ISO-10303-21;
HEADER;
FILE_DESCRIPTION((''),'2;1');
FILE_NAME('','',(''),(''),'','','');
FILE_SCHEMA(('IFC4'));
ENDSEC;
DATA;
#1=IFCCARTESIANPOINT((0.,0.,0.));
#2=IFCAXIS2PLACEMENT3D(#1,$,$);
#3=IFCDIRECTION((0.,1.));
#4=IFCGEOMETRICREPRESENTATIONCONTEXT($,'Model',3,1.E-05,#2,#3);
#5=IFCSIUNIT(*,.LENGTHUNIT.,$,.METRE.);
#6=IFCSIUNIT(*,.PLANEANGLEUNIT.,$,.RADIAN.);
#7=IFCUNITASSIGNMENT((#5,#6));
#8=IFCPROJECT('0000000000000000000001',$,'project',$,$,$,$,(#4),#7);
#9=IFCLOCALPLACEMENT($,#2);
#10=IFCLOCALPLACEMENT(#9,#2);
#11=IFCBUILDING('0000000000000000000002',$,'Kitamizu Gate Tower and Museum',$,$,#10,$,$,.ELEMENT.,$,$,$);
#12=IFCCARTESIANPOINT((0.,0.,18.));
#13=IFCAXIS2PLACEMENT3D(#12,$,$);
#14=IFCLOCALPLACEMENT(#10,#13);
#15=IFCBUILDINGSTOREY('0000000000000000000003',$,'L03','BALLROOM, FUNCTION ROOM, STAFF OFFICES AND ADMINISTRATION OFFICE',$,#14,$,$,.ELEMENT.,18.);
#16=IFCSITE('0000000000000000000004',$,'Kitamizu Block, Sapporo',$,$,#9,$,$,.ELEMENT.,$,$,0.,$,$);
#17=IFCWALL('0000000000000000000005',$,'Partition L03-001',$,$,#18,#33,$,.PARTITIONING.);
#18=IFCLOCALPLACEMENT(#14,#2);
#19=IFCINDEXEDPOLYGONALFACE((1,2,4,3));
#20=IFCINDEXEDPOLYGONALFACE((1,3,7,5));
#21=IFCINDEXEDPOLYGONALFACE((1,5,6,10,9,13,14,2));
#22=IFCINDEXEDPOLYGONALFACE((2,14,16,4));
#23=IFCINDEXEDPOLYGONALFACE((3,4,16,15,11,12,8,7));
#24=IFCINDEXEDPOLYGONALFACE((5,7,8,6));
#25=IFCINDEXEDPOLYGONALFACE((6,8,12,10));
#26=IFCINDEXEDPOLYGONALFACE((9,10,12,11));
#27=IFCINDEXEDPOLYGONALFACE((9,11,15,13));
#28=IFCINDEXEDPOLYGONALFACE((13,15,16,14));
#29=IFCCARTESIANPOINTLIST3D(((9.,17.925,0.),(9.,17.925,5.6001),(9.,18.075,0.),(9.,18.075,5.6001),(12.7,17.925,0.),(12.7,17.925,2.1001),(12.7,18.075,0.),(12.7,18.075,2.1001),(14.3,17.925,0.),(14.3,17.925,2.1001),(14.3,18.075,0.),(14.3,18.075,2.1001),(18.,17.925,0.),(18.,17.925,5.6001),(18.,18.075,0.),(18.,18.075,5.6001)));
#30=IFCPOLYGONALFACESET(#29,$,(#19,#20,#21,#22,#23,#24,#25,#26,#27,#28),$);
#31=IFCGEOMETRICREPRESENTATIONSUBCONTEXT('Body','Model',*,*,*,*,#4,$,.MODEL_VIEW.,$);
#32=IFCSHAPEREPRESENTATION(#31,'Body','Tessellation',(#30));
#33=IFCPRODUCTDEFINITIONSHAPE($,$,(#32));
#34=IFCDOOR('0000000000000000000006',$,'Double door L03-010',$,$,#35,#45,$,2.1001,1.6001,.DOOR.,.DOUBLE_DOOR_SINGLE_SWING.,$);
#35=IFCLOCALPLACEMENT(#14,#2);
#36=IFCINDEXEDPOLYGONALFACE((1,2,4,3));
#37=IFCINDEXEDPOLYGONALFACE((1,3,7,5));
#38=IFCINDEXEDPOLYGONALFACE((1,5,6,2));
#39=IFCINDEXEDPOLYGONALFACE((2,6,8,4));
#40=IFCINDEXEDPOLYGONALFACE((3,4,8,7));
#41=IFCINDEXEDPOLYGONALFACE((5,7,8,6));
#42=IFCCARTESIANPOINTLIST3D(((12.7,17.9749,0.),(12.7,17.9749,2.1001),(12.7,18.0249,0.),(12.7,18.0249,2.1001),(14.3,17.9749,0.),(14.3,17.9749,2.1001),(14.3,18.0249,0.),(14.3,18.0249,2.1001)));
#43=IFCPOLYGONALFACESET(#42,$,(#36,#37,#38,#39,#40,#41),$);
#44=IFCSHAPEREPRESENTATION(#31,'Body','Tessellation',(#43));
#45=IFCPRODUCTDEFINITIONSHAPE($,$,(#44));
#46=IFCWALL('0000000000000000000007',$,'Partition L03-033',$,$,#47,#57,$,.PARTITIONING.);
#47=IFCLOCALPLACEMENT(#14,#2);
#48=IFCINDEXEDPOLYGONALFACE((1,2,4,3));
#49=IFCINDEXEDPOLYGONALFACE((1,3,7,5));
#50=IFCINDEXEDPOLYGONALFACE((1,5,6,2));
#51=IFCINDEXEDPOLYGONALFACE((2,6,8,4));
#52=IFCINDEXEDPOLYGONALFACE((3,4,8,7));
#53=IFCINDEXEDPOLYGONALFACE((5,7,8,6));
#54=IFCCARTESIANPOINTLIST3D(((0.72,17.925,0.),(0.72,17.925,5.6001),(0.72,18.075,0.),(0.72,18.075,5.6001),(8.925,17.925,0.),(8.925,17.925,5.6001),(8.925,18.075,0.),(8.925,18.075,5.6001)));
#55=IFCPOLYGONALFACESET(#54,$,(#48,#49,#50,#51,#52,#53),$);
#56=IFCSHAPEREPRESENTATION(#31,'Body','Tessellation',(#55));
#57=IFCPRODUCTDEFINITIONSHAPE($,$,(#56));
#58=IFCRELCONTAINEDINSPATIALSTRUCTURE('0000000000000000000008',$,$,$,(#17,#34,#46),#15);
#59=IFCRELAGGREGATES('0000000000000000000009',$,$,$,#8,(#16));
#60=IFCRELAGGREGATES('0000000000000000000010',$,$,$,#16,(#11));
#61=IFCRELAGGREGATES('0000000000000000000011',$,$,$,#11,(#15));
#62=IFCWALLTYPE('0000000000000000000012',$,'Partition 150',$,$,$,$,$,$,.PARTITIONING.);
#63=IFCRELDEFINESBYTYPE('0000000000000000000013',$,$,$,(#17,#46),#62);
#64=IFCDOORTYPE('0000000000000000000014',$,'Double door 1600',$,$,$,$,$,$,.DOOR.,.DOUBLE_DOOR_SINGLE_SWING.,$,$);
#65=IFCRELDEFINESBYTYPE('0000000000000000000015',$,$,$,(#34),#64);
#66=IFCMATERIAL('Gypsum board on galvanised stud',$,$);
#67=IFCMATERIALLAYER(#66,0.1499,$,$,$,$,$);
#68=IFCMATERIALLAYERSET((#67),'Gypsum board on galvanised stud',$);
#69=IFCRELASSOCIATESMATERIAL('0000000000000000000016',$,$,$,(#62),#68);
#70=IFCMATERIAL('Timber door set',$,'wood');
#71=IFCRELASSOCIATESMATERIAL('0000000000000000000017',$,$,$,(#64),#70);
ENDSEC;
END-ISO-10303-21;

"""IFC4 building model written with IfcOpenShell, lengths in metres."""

from ifc_helpers import new_model, si_unit, direction, frame, frame_2d, origin, place, context, subcontext, project, spatial, rectangle, extrude, material, layer, layer_set, type_object, element, fill, save


model = new_model("IFC4")

# Units and contexts
model_context = context("Model", 3, precision=1e-05, world=origin(), true_north=direction((0.0, 1.0)))
body_context = subcontext(model_context, "Body", "Model", "MODEL_VIEW")
ifc_project = project(units=[si_unit("LENGTHUNIT", "METRE"), si_unit("PLANEANGLEUNIT", "RADIAN")], contexts=[model_context])

# Site, building, storey
site_placement = place(None, origin())
site = spatial("IfcSite", under=ifc_project, at=site_placement, Name="Kitamizu Block, Sapporo", CompositionType="ELEMENT", RefElevation=0.0)
building_placement = place(site_placement, origin())
building = spatial("IfcBuilding", under=site, at=building_placement, Name="Kitamizu Gate Tower and Museum", CompositionType="ELEMENT")
storey_placement = place(building_placement, frame((0.0, 0.0, 18.0)))
storey = spatial("IfcBuildingStorey", under=building, at=storey_placement, Name="L03", Description="BALLROOM, FUNCTION ROOM, STAFF OFFICES AND ADMINISTRATION OFFICE", CompositionType="ELEMENT", Elevation=18.0)

# Wall, opening, door
ifc_material_1 = material(Name="Gypsum board on galvanised stud")
ifc_layer_1 = layer(ifc_material_1, 0.1499)
ifc_layer_set_1 = layer_set([ifc_layer_1], Name="Gypsum board on galvanised stud")
wall_type_1 = type_object("IfcWallType", Name="Partition 150", PredefinedType="PARTITIONING", material=ifc_layer_set_1)
wall_1_placement = place(storey_placement, frame((9.0, 18.0, 0.0), z_axis=(0.0, 0.0, 1.0), x_axis=(1.0, 0.0, 0.0)))
wall_1 = element("IfcWall", 1, at=wall_1_placement, inside=storey, type_object=wall_type_1, Name="Partition L03-001", PredefinedType="PARTITIONING", context=body_context, shape_type="SweptSolid", body=[
    extrude(rectangle(XDim=9.0, YDim=0.1499, at=frame_2d((4.5, 0.0))), origin(), (0.0, 0.0, 1.0), 5.6001),
])
opening_1_placement = place(wall_1_placement, frame((3.7, 0.0, 0.0)))
opening_1 = element("IfcOpeningElement", 2, at=opening_1_placement, cuts=wall_1, PredefinedType="OPENING", context=body_context, shape_type="SweptSolid", body=[
    extrude(rectangle(XDim=1.6001, YDim=2.1001, at=frame_2d((0.8, 1.05))), frame((0.0, 0.085, 0.0), z_axis=(0.0, -1.0, 0.0), x_axis=(1.0, 0.0, 0.0)), (0.0, 0.0, 1.0), 0.1699),
])
ifc_material_2 = material(Name="Timber door set", Category="wood")
door_type_1 = type_object("IfcDoorType", Name="Double door 1600", OperationType="DOUBLE_DOOR_SINGLE_SWING", PredefinedType="DOOR", material=ifc_material_2)
door_1_placement = place(opening_1_placement, origin())
door_1 = element("IfcDoor", 3, at=door_1_placement, inside=storey, type_object=door_type_1, Name="Double door L03-010", OperationType="DOUBLE_DOOR_SINGLE_SWING", OverallHeight=2.1001, OverallWidth=1.6001, PredefinedType="DOOR", context=body_context, shape_type="SweptSolid", body=[
    extrude(rectangle(XDim=1.6001, YDim=2.1001, at=frame_2d((0.8, 1.05))), frame((0.0, 0.0249, 0.0), z_axis=(0.0, -1.0, 0.0), x_axis=(1.0, 0.0, 0.0)), (0.0, 0.0, 1.0), 0.05),
])
fill(opening_1, door_1)

# Wall
wall_2_placement = place(storey_placement, frame((8.925, 18.0, 0.0), z_axis=(0.0, 0.0, 1.0), x_axis=(-1.0, 0.0, 0.0)))
element("IfcWall", 4, at=wall_2_placement, inside=storey, type_object=wall_type_1, Name="Partition L03-033", PredefinedType="PARTITIONING", context=body_context, shape_type="SweptSolid", body=[
    extrude(rectangle(XDim=8.2051, YDim=0.1499, at=frame_2d((4.1025, 0.0))), origin(), (0.0, 0.0, 1.0), 5.6001),
])

save(model, "model.ifc")
